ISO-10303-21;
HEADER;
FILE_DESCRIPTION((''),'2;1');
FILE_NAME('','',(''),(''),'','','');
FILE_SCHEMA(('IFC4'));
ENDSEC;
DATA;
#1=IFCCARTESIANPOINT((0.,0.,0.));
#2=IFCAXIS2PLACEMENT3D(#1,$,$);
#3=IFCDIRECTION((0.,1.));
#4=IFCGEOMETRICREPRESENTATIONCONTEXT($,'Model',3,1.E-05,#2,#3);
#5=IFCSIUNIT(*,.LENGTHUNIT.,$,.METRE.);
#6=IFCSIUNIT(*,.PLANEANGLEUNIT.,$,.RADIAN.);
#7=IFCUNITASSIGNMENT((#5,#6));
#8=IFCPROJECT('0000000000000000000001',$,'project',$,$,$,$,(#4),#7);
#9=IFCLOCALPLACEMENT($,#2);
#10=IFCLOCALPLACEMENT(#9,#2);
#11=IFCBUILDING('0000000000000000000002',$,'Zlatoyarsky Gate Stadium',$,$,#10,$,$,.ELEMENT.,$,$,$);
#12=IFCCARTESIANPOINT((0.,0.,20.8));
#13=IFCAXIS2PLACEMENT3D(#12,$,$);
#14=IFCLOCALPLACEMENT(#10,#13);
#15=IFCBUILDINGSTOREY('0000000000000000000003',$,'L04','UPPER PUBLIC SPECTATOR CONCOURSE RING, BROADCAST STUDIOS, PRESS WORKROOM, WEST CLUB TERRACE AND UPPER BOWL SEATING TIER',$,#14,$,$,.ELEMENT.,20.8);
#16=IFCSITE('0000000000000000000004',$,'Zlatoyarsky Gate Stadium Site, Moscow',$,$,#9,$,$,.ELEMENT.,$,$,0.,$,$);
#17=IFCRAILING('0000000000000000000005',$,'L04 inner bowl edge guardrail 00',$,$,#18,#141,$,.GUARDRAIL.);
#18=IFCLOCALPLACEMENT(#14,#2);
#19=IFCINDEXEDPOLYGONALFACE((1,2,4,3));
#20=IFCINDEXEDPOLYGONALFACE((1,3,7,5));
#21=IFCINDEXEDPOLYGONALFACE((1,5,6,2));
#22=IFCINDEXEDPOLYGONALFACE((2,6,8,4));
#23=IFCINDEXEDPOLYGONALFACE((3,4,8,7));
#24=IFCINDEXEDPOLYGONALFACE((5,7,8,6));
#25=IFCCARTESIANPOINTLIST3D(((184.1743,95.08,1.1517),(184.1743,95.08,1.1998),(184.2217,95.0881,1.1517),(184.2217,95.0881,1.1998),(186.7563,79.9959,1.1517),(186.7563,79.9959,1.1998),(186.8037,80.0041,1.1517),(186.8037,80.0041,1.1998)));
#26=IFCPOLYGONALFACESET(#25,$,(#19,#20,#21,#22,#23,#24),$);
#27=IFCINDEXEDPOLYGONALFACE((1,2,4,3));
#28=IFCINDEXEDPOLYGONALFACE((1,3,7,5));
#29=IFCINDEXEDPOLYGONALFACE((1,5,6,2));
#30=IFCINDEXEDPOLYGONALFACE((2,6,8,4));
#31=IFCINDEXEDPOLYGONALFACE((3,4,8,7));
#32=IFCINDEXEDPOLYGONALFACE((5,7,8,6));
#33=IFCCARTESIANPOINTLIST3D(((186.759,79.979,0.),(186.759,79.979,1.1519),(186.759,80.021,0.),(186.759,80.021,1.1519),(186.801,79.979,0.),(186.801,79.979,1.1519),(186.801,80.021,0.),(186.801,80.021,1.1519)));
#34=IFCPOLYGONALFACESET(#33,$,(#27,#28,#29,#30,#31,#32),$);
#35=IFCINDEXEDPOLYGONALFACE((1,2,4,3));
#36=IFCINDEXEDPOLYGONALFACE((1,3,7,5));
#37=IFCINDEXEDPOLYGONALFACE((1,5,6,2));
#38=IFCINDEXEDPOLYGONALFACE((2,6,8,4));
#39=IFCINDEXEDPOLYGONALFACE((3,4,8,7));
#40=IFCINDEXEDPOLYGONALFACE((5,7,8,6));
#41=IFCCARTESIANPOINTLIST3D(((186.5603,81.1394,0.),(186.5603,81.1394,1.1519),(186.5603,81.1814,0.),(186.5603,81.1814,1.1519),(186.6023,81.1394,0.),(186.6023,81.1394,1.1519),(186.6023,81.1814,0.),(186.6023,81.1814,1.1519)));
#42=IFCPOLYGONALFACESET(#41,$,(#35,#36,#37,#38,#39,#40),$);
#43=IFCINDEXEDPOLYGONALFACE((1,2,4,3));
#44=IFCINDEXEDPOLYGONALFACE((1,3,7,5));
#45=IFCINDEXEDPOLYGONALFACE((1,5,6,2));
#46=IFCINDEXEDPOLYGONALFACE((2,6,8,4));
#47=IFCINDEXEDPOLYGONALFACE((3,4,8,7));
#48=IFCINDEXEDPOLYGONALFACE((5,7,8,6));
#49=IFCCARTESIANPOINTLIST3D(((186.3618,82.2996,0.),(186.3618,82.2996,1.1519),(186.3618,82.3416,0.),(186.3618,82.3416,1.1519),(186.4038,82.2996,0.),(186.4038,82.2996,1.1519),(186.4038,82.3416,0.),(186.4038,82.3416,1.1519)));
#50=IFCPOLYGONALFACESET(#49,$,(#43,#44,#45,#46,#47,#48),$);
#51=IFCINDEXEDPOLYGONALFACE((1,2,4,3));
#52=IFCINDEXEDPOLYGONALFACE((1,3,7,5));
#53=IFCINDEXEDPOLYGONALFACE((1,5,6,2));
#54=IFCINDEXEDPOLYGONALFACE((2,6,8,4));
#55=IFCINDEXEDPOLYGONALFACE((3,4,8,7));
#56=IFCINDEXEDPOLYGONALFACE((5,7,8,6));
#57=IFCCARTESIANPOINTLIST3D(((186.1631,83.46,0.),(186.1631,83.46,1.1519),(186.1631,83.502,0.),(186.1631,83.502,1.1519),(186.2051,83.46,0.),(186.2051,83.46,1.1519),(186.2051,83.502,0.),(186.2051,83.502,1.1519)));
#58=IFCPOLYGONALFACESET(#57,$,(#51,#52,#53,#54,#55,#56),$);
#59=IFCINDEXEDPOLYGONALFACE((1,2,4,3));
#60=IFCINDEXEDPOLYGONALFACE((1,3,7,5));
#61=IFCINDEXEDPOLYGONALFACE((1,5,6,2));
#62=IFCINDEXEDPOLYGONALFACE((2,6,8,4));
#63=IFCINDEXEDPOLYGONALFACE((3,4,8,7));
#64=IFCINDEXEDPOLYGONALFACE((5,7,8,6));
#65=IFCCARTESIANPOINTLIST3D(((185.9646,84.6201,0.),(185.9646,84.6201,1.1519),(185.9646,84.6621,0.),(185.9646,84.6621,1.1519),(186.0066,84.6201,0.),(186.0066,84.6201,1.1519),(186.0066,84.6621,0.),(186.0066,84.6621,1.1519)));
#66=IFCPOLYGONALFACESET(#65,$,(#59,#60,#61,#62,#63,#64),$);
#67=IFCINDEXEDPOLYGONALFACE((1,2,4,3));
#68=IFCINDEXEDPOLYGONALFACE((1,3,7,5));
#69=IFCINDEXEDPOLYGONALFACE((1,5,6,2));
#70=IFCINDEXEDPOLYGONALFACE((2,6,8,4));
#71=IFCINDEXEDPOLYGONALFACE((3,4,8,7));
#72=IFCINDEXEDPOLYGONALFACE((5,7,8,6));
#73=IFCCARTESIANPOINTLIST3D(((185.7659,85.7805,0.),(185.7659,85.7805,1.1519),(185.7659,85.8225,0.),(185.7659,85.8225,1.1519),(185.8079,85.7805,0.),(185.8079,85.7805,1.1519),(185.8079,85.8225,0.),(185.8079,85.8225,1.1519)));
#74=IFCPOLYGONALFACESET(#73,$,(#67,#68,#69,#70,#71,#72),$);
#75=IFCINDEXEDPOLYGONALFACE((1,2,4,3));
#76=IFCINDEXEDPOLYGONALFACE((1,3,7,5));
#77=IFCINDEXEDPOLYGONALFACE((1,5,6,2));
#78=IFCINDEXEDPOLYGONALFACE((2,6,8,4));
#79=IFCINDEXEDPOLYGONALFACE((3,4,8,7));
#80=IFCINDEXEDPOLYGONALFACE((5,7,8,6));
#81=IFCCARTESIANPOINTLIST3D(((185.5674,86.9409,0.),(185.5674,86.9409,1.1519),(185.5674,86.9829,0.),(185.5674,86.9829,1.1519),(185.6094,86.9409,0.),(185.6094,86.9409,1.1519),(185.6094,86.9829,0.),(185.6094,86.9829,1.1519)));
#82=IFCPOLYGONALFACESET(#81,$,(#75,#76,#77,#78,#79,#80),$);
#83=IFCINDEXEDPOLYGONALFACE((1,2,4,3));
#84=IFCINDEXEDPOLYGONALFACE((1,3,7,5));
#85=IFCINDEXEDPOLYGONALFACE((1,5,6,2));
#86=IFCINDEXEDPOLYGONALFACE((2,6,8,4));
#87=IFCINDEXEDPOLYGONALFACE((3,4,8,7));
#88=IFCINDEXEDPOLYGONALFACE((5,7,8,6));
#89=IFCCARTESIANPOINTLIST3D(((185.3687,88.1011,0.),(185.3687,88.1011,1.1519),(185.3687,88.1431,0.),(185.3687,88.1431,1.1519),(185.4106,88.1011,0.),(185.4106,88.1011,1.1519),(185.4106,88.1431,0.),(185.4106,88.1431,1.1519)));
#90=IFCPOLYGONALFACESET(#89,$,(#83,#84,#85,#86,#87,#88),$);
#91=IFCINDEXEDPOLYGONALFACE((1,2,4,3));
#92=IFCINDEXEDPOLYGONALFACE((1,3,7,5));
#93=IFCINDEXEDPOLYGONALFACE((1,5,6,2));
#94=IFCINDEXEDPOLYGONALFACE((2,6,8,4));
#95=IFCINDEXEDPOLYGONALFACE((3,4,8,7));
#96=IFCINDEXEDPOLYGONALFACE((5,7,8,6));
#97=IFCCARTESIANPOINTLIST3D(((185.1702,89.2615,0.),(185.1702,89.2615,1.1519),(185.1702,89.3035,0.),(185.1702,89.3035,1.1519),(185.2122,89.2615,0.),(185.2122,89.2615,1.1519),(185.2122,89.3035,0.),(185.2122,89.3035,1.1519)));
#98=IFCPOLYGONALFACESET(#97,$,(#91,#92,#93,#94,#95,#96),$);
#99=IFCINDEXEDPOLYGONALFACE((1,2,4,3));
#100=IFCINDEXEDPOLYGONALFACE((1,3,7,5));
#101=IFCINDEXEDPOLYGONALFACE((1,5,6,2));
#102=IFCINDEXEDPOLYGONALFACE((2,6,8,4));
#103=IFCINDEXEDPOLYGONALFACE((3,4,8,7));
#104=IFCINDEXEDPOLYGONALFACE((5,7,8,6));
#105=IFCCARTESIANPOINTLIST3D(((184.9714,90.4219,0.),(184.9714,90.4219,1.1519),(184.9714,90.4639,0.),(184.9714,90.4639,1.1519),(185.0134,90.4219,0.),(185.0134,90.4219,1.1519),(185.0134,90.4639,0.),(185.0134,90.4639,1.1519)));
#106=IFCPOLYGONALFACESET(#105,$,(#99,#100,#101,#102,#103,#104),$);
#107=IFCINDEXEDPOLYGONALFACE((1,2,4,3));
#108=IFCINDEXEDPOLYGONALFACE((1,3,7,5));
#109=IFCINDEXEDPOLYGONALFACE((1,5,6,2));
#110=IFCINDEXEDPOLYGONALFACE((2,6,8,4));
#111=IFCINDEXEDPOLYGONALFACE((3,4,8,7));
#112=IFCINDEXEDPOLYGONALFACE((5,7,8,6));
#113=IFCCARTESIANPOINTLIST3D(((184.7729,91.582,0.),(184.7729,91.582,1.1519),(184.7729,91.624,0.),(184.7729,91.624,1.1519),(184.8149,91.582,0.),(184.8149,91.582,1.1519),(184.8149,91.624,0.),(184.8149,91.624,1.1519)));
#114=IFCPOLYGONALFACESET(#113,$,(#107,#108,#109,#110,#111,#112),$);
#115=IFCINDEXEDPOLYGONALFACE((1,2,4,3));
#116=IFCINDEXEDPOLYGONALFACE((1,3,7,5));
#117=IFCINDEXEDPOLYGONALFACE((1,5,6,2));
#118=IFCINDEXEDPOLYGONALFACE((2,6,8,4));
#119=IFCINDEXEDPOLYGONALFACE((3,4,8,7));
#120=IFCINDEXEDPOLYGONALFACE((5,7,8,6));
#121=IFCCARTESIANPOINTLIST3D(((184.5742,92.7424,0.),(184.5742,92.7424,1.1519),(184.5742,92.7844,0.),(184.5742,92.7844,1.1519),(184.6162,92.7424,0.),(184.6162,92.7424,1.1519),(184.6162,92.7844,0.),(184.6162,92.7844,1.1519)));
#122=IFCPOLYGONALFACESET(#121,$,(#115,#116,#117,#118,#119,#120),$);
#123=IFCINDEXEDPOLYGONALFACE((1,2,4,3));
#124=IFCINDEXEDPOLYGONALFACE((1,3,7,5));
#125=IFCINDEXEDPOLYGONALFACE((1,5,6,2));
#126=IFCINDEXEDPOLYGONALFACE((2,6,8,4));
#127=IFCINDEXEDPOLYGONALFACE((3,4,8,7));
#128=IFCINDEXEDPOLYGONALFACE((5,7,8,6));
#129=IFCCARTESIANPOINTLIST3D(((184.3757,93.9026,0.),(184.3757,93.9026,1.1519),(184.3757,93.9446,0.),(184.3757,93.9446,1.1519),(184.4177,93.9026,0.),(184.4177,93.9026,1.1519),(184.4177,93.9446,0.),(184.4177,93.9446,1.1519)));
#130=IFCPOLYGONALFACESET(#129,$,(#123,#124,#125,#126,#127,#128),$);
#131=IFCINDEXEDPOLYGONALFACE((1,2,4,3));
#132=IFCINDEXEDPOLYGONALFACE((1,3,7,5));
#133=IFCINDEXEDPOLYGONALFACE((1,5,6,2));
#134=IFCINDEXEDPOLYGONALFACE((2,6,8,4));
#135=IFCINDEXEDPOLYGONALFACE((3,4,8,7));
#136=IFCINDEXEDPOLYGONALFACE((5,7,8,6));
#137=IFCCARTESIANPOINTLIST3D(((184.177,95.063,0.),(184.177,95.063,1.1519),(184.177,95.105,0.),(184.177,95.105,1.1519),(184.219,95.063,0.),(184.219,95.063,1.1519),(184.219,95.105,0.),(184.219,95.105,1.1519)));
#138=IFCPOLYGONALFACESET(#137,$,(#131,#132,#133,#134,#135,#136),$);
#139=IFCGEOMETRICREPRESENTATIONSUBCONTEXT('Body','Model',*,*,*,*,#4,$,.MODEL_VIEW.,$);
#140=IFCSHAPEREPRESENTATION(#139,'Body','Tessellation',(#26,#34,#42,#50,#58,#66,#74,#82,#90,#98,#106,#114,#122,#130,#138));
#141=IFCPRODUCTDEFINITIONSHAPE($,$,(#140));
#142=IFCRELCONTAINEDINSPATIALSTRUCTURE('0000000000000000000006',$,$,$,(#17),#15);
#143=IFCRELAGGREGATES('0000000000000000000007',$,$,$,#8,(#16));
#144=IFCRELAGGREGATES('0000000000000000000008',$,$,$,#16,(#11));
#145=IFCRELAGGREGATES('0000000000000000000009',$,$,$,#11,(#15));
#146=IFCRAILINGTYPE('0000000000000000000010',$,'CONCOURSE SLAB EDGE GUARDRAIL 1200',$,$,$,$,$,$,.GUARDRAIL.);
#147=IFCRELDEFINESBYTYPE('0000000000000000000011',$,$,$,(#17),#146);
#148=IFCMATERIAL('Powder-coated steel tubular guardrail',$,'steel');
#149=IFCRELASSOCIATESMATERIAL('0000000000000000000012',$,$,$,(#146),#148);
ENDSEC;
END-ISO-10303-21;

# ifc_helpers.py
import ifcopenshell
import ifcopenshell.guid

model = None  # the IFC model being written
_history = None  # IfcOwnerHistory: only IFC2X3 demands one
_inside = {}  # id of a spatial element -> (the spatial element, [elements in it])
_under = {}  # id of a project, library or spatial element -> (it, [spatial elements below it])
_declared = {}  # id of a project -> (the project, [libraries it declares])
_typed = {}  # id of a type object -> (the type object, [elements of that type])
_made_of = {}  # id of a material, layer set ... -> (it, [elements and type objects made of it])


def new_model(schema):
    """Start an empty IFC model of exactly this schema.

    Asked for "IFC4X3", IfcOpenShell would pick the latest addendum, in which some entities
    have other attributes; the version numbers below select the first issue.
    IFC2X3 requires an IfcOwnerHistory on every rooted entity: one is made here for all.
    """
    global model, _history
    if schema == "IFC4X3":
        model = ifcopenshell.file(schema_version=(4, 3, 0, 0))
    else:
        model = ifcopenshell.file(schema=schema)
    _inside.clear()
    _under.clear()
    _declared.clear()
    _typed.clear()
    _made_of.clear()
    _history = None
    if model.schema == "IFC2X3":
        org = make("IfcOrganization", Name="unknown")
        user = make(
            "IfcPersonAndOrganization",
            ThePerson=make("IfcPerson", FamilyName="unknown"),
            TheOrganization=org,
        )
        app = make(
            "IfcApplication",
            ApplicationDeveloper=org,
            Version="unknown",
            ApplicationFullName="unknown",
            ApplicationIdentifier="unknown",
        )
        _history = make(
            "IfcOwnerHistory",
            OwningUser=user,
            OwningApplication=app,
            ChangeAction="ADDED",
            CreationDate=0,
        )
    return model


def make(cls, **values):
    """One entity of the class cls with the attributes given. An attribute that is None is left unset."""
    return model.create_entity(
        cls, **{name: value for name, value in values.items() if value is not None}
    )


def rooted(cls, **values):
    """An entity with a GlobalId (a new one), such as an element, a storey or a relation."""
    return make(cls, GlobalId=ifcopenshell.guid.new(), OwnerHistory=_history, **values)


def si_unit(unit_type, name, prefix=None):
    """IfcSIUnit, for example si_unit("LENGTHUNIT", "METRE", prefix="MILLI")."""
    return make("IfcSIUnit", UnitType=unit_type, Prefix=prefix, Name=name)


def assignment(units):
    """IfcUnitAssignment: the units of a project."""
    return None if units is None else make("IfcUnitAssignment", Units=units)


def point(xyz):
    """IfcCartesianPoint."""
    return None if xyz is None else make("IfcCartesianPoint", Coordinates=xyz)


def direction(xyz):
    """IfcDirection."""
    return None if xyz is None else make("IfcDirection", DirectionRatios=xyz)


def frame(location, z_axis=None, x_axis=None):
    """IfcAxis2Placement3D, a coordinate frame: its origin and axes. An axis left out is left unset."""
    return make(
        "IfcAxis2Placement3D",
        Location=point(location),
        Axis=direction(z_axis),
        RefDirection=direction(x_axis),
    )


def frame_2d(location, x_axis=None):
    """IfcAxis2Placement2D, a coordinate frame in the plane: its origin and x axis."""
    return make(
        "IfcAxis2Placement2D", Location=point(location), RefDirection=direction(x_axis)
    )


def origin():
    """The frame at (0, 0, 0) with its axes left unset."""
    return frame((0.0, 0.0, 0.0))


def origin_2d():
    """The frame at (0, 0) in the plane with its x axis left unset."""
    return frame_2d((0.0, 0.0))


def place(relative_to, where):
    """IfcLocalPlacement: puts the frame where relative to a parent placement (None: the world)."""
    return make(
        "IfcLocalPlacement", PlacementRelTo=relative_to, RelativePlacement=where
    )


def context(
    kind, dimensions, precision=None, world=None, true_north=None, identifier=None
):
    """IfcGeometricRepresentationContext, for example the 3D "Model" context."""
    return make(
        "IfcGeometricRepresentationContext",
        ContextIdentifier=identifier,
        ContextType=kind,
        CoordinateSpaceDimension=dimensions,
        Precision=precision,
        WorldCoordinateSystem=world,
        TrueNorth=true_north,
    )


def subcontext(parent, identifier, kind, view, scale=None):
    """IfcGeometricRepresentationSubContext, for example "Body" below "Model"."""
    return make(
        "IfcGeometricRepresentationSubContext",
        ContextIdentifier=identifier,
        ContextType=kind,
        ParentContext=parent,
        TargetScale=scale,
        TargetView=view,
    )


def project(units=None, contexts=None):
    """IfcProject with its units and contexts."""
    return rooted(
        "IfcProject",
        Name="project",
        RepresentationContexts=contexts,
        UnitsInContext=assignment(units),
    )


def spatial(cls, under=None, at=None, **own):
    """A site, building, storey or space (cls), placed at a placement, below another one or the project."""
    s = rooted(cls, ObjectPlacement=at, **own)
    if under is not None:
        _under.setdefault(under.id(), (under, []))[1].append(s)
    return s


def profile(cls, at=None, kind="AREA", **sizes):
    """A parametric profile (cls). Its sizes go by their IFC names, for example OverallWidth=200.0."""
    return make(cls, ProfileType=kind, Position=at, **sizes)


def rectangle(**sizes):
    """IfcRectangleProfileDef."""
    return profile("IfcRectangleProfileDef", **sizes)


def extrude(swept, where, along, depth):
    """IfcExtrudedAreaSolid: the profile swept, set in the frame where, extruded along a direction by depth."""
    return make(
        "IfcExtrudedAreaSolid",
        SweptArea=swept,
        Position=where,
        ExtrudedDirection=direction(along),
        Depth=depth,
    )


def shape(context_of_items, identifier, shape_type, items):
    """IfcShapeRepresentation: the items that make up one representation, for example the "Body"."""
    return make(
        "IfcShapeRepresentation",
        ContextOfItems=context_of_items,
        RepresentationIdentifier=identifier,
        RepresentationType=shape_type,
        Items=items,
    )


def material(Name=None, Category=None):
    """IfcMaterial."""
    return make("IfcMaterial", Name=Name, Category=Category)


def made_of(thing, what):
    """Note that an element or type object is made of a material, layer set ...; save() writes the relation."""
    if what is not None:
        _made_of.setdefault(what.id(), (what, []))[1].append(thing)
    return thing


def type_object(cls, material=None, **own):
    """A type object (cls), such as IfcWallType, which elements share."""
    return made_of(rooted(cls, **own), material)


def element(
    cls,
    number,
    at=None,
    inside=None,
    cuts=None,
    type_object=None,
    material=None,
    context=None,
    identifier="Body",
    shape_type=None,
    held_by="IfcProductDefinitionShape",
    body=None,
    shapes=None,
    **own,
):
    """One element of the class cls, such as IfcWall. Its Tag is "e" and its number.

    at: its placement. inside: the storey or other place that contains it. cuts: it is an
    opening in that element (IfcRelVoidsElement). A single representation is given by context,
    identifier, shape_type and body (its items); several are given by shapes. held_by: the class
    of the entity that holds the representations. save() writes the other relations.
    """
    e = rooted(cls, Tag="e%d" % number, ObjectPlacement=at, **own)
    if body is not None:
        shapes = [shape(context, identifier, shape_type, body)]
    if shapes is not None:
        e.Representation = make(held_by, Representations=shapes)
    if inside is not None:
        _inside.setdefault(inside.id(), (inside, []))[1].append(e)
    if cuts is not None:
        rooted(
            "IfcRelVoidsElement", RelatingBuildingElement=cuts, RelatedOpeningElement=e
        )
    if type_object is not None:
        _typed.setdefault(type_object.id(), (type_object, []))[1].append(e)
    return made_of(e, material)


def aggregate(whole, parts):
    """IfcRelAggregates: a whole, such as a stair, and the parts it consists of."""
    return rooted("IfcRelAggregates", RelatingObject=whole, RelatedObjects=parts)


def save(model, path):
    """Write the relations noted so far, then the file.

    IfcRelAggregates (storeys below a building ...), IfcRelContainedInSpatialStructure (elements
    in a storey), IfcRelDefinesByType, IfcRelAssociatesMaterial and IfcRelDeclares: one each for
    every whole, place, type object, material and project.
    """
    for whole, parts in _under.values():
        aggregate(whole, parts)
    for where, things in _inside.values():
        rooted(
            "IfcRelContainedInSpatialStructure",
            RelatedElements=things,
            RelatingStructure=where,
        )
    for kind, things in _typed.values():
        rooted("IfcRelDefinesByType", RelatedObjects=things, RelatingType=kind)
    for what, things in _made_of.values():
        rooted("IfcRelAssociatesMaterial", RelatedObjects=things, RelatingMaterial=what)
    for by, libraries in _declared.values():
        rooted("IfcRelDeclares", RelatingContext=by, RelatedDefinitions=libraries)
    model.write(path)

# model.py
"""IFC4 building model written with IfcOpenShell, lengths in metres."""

from ifc_helpers import new_model, si_unit, direction, frame, origin, origin_2d, place, context, subcontext, project, spatial, rectangle, extrude, material, type_object, element, save


model = new_model("IFC4")

# Units and contexts
model_context = context("Model", 3, precision=1e-05, world=origin(), true_north=direction((0.0, 1.0)))
body_context = subcontext(model_context, "Body", "Model", "MODEL_VIEW")
ifc_project = project(units=[si_unit("LENGTHUNIT", "METRE"), si_unit("PLANEANGLEUNIT", "RADIAN")], contexts=[model_context])

# Site, building, storey
site_placement = place(None, origin())
site = spatial("IfcSite", under=ifc_project, at=site_placement, Name="Zlatoyarsky Gate Stadium Site, Moscow", CompositionType="ELEMENT", RefElevation=0.0)
building_placement = place(site_placement, origin())
building = spatial("IfcBuilding", under=site, at=building_placement, Name="Zlatoyarsky Gate Stadium", CompositionType="ELEMENT")
storey_placement = place(building_placement, frame((0.0, 0.0, 20.8)))
storey = spatial("IfcBuildingStorey", under=building, at=storey_placement, Name="L04", Description="UPPER PUBLIC SPECTATOR CONCOURSE RING, BROADCAST STUDIOS, PRESS WORKROOM, WEST CLUB TERRACE AND UPPER BOWL SEATING TIER", CompositionType="ELEMENT", Elevation=20.8)

# Railing
ifc_material_1 = material(Name="Powder-coated steel tubular guardrail", Category="steel")
railing_type_1 = type_object("IfcRailingType", Name="CONCOURSE SLAB EDGE GUARDRAIL 1200", PredefinedType="GUARDRAIL", material=ifc_material_1)
railing_1_placement = place(storey_placement, frame((186.78, 80.0, 0.0)))
element("IfcRailing", 1, at=railing_1_placement, inside=storey, type_object=railing_type_1, Name="L04 inner bowl edge guardrail 00", PredefinedType="GUARDRAIL", context=body_context, shape_type="SweptSolid", body=[
    extrude(rectangle(XDim=0.0481, YDim=0.0481, at=origin_2d()), frame((0.0, 0.0, 1.1758), z_axis=(-0.168723, 0.985664, 0.0), x_axis=(-0.985664, -0.168723, 0.0)), (0.0, 0.0, 1.0), 15.3035),
    extrude(rectangle(XDim=0.042, YDim=0.042, at=origin_2d()), origin(), (0.0, 0.0, 1.0), 1.1519),
    extrude(rectangle(XDim=0.042, YDim=0.042, at=origin_2d()), frame((-0.1987, 1.1604, 0.0)), (0.0, 0.0, 1.0), 1.1519),
    extrude(rectangle(XDim=0.042, YDim=0.042, at=origin_2d()), frame((-0.3972, 2.3206, 0.0)), (0.0, 0.0, 1.0), 1.1519),
    extrude(rectangle(XDim=0.042, YDim=0.042, at=origin_2d()), frame((-0.5959, 3.481, 0.0)), (0.0, 0.0, 1.0), 1.1519),
    extrude(rectangle(XDim=0.042, YDim=0.042, at=origin_2d()), frame((-0.7944, 4.6411, 0.0)), (0.0, 0.0, 1.0), 1.1519),
    extrude(rectangle(XDim=0.042, YDim=0.042, at=origin_2d()), frame((-0.9932, 5.8015, 0.0)), (0.0, 0.0, 1.0), 1.1519),
    extrude(rectangle(XDim=0.042, YDim=0.042, at=origin_2d()), frame((-1.1917, 6.9619, 0.0)), (0.0, 0.0, 1.0), 1.1519),
    extrude(rectangle(XDim=0.042, YDim=0.042, at=origin_2d()), frame((-1.3904, 8.1221, 0.0)), (0.0, 0.0, 1.0), 1.1519),
    extrude(rectangle(XDim=0.042, YDim=0.042, at=origin_2d()), frame((-1.5889, 9.2825, 0.0)), (0.0, 0.0, 1.0), 1.1519),
    extrude(rectangle(XDim=0.042, YDim=0.042, at=origin_2d()), frame((-1.7876, 10.4429, 0.0)), (0.0, 0.0, 1.0), 1.1519),
    extrude(rectangle(XDim=0.042, YDim=0.042, at=origin_2d()), frame((-1.9861, 11.603, 0.0)), (0.0, 0.0, 1.0), 1.1519),
    extrude(rectangle(XDim=0.042, YDim=0.042, at=origin_2d()), frame((-2.1848, 12.7634, 0.0)), (0.0, 0.0, 1.0), 1.1519),
    extrude(rectangle(XDim=0.042, YDim=0.042, at=origin_2d()), frame((-2.3833, 13.9236, 0.0)), (0.0, 0.0, 1.0), 1.1519),
    extrude(rectangle(XDim=0.042, YDim=0.042, at=origin_2d()), frame((-2.582, 15.084, 0.0)), (0.0, 0.0, 1.0), 1.1519),
])

save(model, "model.ifc")
